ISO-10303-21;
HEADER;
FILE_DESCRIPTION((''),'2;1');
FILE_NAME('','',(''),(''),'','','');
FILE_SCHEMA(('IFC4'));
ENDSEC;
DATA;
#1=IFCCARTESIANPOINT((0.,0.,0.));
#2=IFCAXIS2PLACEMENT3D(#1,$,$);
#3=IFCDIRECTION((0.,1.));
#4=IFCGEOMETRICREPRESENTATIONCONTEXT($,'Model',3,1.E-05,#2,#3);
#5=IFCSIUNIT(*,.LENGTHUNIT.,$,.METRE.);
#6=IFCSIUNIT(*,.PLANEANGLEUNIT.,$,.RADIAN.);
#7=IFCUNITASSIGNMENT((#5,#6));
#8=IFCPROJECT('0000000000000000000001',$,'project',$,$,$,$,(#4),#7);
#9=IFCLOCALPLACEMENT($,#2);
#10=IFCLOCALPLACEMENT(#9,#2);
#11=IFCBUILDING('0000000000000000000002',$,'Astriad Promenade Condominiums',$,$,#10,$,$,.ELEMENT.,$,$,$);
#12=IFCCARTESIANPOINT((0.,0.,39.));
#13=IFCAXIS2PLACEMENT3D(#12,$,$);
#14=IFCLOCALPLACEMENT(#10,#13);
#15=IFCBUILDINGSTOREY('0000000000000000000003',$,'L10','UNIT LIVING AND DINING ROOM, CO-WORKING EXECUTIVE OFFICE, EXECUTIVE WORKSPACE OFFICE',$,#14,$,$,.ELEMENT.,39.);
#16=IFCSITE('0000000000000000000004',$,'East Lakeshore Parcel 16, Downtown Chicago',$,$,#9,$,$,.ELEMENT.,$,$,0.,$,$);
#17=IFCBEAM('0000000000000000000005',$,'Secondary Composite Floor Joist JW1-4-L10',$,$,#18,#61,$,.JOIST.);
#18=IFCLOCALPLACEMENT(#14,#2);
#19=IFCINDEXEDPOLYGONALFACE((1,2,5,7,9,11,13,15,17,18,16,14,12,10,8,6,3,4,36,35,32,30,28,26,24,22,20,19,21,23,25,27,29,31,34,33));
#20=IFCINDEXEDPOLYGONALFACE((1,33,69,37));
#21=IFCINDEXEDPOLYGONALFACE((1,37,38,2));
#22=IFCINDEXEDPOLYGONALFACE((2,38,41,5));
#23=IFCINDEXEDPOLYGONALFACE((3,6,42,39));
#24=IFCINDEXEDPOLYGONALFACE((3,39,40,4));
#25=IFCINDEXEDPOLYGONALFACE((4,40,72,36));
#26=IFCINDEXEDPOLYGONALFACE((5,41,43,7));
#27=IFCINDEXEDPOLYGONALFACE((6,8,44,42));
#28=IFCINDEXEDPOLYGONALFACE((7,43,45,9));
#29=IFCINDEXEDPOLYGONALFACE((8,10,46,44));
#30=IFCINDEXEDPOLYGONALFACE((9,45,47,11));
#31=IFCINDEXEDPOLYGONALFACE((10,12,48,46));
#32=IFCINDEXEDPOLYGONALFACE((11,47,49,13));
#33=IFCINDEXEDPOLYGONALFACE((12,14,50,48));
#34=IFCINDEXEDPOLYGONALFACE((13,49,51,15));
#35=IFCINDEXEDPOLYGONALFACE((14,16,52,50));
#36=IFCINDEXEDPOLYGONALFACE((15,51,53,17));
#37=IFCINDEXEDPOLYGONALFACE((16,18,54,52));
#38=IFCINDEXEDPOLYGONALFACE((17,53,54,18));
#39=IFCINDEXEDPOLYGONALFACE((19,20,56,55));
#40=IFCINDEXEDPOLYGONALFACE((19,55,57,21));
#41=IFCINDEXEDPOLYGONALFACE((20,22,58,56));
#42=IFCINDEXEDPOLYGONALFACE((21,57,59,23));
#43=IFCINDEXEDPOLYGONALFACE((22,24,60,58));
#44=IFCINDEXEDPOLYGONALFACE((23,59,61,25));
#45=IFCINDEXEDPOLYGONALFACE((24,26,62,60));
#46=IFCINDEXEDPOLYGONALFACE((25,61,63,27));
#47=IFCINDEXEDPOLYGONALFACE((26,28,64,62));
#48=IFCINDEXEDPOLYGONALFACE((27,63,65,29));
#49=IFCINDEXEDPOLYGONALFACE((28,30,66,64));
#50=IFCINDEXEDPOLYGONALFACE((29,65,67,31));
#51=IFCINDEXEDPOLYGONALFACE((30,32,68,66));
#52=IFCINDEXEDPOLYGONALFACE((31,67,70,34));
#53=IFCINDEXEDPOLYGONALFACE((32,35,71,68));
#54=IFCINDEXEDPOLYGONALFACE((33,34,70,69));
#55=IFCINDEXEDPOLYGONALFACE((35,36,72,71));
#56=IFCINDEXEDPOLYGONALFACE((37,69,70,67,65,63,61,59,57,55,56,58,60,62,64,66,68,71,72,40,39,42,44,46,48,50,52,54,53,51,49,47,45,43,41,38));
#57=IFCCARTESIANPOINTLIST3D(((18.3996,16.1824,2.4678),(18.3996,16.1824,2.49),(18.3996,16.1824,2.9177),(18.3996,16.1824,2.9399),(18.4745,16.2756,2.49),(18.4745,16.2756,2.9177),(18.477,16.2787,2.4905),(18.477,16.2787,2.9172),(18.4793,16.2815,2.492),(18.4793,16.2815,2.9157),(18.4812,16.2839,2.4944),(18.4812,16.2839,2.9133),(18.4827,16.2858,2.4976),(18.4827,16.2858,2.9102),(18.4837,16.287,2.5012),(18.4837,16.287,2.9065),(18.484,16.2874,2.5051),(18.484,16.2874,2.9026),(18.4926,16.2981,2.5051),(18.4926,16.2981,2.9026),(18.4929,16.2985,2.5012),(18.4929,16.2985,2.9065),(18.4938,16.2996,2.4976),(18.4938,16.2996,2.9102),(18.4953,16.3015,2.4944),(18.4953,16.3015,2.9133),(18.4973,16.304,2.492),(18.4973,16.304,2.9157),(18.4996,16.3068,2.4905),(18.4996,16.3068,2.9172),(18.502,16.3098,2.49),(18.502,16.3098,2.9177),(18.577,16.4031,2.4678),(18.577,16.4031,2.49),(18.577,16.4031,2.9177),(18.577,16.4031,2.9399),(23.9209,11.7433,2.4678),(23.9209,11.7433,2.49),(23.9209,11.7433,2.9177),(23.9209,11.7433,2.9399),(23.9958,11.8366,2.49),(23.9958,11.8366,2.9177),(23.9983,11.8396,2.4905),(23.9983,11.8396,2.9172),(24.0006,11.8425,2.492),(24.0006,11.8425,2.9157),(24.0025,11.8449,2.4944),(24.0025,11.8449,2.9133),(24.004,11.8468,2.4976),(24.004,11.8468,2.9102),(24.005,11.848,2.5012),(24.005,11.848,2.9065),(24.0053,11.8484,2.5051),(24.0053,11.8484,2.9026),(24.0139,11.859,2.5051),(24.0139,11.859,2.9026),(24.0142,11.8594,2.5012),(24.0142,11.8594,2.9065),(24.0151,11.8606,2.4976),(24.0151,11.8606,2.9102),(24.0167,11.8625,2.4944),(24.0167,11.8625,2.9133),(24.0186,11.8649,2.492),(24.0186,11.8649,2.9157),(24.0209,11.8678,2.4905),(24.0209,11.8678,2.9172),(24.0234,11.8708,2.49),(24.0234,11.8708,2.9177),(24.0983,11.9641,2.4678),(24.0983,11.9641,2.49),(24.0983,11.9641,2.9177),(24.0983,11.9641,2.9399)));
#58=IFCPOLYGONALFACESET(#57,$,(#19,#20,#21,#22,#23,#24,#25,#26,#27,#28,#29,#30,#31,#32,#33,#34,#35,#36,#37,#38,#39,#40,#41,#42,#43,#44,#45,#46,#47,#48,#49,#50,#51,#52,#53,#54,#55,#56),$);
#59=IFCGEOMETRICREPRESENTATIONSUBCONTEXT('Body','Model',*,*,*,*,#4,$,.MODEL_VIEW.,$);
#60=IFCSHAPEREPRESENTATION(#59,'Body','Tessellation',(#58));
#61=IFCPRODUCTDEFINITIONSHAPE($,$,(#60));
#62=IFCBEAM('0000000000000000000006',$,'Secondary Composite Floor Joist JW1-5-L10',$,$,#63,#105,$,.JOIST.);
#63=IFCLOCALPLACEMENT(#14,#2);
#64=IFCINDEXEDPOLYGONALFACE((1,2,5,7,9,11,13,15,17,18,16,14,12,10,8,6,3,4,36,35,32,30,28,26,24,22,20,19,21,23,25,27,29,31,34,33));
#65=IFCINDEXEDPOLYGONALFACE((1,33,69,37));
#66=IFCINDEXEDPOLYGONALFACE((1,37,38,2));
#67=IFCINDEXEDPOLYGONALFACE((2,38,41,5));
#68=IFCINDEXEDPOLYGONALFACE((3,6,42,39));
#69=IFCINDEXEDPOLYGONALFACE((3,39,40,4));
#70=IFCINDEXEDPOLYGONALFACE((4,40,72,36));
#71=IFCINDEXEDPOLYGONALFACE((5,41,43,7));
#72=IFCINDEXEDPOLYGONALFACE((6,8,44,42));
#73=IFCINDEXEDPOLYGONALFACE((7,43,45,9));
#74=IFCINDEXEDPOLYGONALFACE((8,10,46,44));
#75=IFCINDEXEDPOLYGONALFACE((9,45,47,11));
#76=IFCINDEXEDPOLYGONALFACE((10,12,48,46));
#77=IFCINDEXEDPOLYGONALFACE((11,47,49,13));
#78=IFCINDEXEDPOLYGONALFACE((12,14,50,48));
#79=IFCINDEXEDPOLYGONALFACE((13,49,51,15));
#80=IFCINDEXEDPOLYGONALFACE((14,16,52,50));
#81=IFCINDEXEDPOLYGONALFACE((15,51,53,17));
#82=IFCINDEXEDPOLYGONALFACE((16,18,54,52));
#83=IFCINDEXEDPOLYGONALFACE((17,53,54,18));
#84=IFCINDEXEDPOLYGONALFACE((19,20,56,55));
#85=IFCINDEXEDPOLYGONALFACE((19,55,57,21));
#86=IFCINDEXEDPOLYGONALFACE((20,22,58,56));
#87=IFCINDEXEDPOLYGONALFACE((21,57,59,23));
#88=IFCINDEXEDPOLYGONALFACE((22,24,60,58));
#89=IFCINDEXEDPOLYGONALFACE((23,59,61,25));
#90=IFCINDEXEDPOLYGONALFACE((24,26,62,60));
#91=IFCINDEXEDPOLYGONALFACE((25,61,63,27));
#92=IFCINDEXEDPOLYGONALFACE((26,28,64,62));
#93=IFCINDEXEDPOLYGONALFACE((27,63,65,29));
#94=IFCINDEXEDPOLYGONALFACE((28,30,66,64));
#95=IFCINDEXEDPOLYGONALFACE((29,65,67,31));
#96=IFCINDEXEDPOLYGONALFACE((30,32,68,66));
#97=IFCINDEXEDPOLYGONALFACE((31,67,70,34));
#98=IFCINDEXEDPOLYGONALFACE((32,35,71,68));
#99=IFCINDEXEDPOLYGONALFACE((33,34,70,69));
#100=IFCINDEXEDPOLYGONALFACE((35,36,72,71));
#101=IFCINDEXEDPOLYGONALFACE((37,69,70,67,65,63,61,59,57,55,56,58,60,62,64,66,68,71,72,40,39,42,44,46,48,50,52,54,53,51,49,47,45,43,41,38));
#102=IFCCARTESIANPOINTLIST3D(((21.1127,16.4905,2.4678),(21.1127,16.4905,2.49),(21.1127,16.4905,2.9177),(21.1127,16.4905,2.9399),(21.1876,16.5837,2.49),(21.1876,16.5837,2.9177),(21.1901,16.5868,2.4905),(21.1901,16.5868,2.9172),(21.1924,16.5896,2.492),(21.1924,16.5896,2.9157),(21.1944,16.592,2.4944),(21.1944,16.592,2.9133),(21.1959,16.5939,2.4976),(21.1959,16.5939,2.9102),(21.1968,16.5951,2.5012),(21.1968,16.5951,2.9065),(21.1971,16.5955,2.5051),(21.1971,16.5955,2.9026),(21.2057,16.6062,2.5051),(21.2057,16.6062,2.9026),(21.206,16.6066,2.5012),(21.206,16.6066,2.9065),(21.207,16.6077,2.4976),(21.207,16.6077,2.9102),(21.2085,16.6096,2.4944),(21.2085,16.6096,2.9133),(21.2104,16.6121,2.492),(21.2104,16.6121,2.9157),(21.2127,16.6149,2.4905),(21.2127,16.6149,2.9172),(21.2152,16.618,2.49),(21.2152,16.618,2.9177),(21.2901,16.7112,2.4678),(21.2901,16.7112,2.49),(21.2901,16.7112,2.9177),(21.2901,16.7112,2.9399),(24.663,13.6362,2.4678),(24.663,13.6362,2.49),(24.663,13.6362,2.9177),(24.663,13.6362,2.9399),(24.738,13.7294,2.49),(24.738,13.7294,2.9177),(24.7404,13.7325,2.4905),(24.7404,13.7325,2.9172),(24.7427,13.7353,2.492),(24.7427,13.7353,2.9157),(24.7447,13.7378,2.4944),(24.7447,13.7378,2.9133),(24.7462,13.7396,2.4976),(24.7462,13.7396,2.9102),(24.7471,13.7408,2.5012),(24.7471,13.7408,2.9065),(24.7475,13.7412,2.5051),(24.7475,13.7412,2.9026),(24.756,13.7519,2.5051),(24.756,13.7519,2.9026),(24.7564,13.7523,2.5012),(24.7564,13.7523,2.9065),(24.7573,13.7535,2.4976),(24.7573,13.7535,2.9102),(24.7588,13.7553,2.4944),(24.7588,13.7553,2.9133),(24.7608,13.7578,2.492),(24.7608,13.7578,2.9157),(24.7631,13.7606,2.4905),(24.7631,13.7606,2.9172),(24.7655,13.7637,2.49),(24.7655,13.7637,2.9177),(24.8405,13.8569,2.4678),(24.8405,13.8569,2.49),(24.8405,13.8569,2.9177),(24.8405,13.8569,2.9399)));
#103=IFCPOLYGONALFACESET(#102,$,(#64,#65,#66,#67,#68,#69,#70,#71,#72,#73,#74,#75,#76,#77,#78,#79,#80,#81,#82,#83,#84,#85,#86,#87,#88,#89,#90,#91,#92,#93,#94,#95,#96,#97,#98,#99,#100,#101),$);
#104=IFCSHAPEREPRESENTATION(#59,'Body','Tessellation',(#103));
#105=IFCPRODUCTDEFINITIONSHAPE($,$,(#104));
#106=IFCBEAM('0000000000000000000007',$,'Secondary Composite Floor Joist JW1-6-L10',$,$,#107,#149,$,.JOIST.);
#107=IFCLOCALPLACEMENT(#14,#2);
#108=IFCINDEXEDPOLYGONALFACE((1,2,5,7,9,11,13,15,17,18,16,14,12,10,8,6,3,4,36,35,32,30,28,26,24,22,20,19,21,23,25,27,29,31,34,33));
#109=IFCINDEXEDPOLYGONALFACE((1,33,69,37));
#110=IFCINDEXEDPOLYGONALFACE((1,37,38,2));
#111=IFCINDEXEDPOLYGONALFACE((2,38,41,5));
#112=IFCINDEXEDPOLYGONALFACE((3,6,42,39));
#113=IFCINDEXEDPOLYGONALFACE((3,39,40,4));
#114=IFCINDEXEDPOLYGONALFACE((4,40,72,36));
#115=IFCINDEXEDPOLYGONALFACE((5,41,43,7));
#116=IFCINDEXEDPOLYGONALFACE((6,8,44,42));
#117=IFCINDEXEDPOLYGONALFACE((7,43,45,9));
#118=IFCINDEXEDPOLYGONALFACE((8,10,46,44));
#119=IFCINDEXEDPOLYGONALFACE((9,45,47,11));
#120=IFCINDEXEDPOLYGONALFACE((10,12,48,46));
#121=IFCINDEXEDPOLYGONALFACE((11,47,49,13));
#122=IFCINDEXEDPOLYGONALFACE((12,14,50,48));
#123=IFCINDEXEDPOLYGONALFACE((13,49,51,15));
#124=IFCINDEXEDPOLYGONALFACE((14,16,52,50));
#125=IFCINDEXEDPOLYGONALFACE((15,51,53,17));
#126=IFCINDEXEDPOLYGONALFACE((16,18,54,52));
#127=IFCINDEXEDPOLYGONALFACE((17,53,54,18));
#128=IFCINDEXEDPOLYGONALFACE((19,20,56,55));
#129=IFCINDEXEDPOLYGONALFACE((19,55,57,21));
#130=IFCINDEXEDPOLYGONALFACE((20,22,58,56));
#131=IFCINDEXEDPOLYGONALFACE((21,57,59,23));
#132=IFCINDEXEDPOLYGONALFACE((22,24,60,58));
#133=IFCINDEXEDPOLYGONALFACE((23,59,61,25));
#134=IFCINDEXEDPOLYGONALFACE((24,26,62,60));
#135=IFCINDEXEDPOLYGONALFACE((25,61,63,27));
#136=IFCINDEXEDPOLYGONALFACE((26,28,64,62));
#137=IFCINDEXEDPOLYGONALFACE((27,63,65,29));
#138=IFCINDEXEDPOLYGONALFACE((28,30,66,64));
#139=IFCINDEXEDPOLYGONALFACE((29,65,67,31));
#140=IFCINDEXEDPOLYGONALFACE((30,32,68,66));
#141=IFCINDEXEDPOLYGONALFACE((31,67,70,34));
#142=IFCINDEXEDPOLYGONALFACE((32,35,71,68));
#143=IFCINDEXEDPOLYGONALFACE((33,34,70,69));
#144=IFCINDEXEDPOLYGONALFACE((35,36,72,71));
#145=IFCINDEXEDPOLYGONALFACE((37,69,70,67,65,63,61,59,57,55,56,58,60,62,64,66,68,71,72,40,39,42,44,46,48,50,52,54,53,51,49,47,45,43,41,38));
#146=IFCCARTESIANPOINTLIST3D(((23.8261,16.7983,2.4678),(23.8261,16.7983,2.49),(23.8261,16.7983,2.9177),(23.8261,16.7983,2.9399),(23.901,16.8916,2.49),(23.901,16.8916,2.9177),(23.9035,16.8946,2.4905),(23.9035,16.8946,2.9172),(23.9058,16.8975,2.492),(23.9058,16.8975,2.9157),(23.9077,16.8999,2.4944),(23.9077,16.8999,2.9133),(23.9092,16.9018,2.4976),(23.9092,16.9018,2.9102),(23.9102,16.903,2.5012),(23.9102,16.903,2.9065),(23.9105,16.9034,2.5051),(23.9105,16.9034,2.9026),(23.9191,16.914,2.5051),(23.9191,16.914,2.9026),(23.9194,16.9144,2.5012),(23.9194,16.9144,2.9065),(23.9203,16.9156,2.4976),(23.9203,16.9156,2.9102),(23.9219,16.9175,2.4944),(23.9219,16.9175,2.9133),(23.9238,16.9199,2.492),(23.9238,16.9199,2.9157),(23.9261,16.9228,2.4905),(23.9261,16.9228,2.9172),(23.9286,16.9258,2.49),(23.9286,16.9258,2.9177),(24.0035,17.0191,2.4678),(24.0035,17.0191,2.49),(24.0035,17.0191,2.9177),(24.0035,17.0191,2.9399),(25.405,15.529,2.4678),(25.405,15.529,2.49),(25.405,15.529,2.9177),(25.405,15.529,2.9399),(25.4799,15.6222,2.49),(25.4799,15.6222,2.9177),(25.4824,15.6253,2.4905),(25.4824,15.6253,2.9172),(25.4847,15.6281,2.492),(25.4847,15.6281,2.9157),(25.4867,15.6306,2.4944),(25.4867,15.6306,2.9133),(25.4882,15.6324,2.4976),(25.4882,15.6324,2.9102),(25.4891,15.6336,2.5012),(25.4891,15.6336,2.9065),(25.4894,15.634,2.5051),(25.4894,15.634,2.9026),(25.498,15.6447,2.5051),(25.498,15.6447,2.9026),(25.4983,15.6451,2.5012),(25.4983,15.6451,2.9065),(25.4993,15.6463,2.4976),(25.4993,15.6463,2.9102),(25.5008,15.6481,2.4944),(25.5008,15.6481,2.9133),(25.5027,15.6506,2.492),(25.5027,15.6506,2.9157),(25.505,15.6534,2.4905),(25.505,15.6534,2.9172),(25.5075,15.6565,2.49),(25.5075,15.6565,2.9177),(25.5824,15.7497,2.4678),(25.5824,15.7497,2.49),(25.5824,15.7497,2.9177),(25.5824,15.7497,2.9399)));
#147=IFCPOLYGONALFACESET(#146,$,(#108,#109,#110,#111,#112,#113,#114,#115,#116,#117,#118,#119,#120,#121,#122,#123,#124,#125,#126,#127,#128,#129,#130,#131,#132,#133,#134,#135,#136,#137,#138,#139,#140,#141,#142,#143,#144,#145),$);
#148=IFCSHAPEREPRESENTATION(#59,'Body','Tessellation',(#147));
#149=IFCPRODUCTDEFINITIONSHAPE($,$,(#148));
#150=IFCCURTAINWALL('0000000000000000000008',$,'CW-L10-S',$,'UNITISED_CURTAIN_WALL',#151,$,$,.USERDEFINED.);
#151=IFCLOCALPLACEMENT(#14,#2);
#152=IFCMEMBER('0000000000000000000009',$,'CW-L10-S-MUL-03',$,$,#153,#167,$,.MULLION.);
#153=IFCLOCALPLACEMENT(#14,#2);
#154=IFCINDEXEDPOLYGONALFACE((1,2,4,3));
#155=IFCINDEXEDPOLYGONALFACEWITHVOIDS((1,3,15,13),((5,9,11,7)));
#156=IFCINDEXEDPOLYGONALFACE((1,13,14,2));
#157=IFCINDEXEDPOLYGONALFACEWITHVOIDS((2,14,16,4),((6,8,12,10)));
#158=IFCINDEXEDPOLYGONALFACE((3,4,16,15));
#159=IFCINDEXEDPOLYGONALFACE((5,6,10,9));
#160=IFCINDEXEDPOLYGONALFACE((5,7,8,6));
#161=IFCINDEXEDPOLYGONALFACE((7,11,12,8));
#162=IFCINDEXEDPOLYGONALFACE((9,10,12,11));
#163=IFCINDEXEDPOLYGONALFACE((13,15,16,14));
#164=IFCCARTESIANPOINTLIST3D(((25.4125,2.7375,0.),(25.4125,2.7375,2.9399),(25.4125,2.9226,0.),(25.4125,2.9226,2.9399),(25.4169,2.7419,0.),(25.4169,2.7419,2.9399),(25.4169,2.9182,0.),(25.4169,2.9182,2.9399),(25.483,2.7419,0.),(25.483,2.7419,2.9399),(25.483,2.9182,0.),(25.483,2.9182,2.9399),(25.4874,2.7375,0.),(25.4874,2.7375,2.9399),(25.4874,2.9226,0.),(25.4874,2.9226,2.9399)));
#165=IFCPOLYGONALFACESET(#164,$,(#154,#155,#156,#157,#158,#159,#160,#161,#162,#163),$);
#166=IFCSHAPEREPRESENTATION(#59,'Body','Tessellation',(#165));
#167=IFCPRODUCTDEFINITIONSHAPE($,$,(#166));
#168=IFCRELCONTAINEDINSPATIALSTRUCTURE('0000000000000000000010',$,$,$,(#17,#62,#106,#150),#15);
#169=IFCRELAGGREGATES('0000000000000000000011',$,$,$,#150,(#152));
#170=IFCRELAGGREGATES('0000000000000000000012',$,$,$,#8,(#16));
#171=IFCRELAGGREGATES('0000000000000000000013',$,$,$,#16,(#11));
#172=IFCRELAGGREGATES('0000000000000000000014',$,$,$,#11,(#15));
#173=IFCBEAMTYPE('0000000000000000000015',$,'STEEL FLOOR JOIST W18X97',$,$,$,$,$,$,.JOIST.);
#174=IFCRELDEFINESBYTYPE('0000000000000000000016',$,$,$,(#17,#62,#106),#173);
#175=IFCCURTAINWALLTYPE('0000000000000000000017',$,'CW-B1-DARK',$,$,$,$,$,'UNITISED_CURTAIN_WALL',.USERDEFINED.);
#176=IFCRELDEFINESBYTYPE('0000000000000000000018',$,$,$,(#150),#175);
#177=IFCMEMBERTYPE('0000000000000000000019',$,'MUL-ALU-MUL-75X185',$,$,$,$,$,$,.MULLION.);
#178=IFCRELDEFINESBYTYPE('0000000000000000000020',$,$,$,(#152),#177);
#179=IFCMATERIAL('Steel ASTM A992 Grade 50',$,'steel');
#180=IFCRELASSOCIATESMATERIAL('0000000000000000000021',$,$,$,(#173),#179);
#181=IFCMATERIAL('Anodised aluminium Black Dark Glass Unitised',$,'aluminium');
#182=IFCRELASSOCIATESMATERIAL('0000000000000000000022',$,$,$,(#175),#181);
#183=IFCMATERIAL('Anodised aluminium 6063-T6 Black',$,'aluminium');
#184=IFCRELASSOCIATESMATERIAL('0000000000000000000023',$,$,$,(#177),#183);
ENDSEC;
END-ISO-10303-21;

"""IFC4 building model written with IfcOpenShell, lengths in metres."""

from ifc_helpers import new_model, si_unit, direction, frame, origin, origin_2d, place, context, subcontext, project, spatial, hollow_rectangle, i_section, extrude, source, transform, mapped, material, material_profile, profile_set, type_object, type_shapes, element, aggregate, save


model = new_model("IFC4")

# Units and contexts
model_context = context("Model", 3, precision=1e-05, world=origin(), true_north=direction((0.0, 1.0)))
body_context = subcontext(model_context, "Body", "Model", "MODEL_VIEW")
ifc_project = project(units=[si_unit("LENGTHUNIT", "METRE"), si_unit("PLANEANGLEUNIT", "RADIAN")], contexts=[model_context])

# Site, building, storey
site_placement = place(None, origin())
site = spatial("IfcSite", under=ifc_project, at=site_placement, Name="East Lakeshore Parcel 16, Downtown Chicago", CompositionType="ELEMENT", RefElevation=0.0)
building_placement = place(site_placement, origin())
building = spatial("IfcBuilding", under=site, at=building_placement, Name="Astriad Promenade Condominiums", CompositionType="ELEMENT")
storey_placement = place(building_placement, frame((0.0, 0.0, 39.0)))
storey = spatial("IfcBuildingStorey", under=building, at=storey_placement, Name="L10", Description="UNIT LIVING AND DINING ROOM, CO-WORKING EXECUTIVE OFFICE, EXECUTIVE WORKSPACE OFFICE", CompositionType="ELEMENT", Elevation=39.0)

# Beams
ifc_material_1 = material(Name="Steel ASTM A992 Grade 50", Category="steel")
ifc_material_profile_1 = material_profile(ifc_material_1, i_section(OverallWidth=0.2832, OverallDepth=0.4722, WebThickness=0.0137, FlangeThickness=0.0222, FilletRadius=0.0151, at=origin_2d()), Name="W18X97")
ifc_profile_set_1 = profile_set([ifc_material_profile_1], Name="Steel ASTM A992 Grade 50")
beam_type_1 = type_object("IfcBeamType", Name="STEEL FLOOR JOIST W18X97", PredefinedType="JOIST", material=ifc_profile_set_1)
shared_shape_1 = source(origin(), body_context, "Body", "SweptSolid", [
    extrude(i_section(OverallWidth=0.2832, OverallDepth=0.4722, WebThickness=0.0137, FlangeThickness=0.0222, FilletRadius=0.0151, at=origin_2d()), origin(), (0.0, 0.0, 1.0), 7.0845),
])
beam_1_placement = place(storey_placement, frame((18.4883, 16.2927, 2.7039), z_axis=(0.779354, -0.626584, 0.0), x_axis=(0.626584, 0.779354, 0.0)))
element("IfcBeam", 1, at=beam_1_placement, inside=storey, type_object=beam_type_1, Name="Secondary Composite Floor Joist JW1-4-L10", PredefinedType="JOIST", context=body_context, shape_type="MappedRepresentation", body=[
    mapped(shared_shape_1, transform((0.0, 0.0, 0.0), scale=1.0)),
])
shared_shape_2 = source(origin(), body_context, "Body", "SweptSolid", [
    extrude(i_section(OverallWidth=0.2832, OverallDepth=0.4722, WebThickness=0.0137, FlangeThickness=0.0222, FilletRadius=0.0151, at=origin_2d()), origin(), (0.0, 0.0, 1.0), 4.5554),
])
beam_2_placement = place(storey_placement, frame((21.2014, 16.6008, 2.7039), z_axis=(0.779366, -0.626569, 0.0), x_axis=(0.626569, 0.779366, 0.0)))
element("IfcBeam", 2, at=beam_2_placement, inside=storey, type_object=beam_type_1, Name="Secondary Composite Floor Joist JW1-5-L10", PredefinedType="JOIST", context=body_context, shape_type="MappedRepresentation", body=[
    mapped(shared_shape_2, transform((0.0, 0.0, 0.0), scale=1.0)),
])
shared_shape_3 = source(origin(), body_context, "Body", "SweptSolid", [
    extrude(i_section(OverallWidth=0.2832, OverallDepth=0.4722, WebThickness=0.0137, FlangeThickness=0.0222, FilletRadius=0.0151, at=origin_2d()), origin(), (0.0, 0.0, 1.0), 2.0259),
])
beam_3_placement = place(storey_placement, frame((23.9148, 16.9087, 2.7039), z_axis=(0.779373, -0.62656, 0.0), x_axis=(0.62656, 0.779373, 0.0)))
element("IfcBeam", 3, at=beam_3_placement, inside=storey, type_object=beam_type_1, Name="Secondary Composite Floor Joist JW1-6-L10", PredefinedType="JOIST", context=body_context, shape_type="MappedRepresentation", body=[
    mapped(shared_shape_3, transform((0.0, 0.0, 0.0), scale=1.0)),
])

# Curtain wall, member
ifc_material_2 = material(Name="Anodised aluminium Black Dark Glass Unitised", Category="aluminium")
curtain_wall_type = type_object("IfcCurtainWallType", Name="CW-B1-DARK", ElementType="UNITISED_CURTAIN_WALL", PredefinedType="USERDEFINED", material=ifc_material_2)
curtain_wall_placement = place(storey_placement, origin())
curtain_wall = element("IfcCurtainWall", 4, at=curtain_wall_placement, inside=storey, type_object=curtain_wall_type, Name="CW-L10-S", ObjectType="UNITISED_CURTAIN_WALL", PredefinedType="USERDEFINED")
ifc_material_3 = material(Name="Anodised aluminium 6063-T6 Black", Category="aluminium")
ifc_material_profile_2 = material_profile(ifc_material_3, hollow_rectangle(XDim=0.075, YDim=0.1851, WallThickness=0.0044, at=origin_2d()), Name="ALU-MUL-75X185")
ifc_profile_set_2 = profile_set([ifc_material_profile_2], Name="Anodised aluminium 6063-T6 Black")
member_type = type_object("IfcMemberType", Name="MUL-ALU-MUL-75X185", PredefinedType="MULLION", material=ifc_profile_set_2)
shared_shape_4 = source(origin(), body_context, "Body", "SweptSolid", [
    extrude(hollow_rectangle(XDim=0.075, YDim=0.1851, WallThickness=0.0044, at=origin_2d()), origin(), (0.0, 0.0, 1.0), 2.9399),
])
type_shapes(member_type, [shared_shape_4])
member_placement = place(storey_placement, frame((25.45, 2.8301, 0.0), z_axis=(0.0, 0.0, 1.0), x_axis=(1.0, 0.0, 0.0)))
member = element("IfcMember", 5, at=member_placement, type_object=member_type, Name="CW-L10-S-MUL-03", PredefinedType="MULLION", context=body_context, shape_type="MappedRepresentation", body=[
    mapped(shared_shape_4, transform((0.0, 0.0, 0.0), scale=1.0)),
])
aggregate(curtain_wall, [member])

save(model, "model.ifc")
